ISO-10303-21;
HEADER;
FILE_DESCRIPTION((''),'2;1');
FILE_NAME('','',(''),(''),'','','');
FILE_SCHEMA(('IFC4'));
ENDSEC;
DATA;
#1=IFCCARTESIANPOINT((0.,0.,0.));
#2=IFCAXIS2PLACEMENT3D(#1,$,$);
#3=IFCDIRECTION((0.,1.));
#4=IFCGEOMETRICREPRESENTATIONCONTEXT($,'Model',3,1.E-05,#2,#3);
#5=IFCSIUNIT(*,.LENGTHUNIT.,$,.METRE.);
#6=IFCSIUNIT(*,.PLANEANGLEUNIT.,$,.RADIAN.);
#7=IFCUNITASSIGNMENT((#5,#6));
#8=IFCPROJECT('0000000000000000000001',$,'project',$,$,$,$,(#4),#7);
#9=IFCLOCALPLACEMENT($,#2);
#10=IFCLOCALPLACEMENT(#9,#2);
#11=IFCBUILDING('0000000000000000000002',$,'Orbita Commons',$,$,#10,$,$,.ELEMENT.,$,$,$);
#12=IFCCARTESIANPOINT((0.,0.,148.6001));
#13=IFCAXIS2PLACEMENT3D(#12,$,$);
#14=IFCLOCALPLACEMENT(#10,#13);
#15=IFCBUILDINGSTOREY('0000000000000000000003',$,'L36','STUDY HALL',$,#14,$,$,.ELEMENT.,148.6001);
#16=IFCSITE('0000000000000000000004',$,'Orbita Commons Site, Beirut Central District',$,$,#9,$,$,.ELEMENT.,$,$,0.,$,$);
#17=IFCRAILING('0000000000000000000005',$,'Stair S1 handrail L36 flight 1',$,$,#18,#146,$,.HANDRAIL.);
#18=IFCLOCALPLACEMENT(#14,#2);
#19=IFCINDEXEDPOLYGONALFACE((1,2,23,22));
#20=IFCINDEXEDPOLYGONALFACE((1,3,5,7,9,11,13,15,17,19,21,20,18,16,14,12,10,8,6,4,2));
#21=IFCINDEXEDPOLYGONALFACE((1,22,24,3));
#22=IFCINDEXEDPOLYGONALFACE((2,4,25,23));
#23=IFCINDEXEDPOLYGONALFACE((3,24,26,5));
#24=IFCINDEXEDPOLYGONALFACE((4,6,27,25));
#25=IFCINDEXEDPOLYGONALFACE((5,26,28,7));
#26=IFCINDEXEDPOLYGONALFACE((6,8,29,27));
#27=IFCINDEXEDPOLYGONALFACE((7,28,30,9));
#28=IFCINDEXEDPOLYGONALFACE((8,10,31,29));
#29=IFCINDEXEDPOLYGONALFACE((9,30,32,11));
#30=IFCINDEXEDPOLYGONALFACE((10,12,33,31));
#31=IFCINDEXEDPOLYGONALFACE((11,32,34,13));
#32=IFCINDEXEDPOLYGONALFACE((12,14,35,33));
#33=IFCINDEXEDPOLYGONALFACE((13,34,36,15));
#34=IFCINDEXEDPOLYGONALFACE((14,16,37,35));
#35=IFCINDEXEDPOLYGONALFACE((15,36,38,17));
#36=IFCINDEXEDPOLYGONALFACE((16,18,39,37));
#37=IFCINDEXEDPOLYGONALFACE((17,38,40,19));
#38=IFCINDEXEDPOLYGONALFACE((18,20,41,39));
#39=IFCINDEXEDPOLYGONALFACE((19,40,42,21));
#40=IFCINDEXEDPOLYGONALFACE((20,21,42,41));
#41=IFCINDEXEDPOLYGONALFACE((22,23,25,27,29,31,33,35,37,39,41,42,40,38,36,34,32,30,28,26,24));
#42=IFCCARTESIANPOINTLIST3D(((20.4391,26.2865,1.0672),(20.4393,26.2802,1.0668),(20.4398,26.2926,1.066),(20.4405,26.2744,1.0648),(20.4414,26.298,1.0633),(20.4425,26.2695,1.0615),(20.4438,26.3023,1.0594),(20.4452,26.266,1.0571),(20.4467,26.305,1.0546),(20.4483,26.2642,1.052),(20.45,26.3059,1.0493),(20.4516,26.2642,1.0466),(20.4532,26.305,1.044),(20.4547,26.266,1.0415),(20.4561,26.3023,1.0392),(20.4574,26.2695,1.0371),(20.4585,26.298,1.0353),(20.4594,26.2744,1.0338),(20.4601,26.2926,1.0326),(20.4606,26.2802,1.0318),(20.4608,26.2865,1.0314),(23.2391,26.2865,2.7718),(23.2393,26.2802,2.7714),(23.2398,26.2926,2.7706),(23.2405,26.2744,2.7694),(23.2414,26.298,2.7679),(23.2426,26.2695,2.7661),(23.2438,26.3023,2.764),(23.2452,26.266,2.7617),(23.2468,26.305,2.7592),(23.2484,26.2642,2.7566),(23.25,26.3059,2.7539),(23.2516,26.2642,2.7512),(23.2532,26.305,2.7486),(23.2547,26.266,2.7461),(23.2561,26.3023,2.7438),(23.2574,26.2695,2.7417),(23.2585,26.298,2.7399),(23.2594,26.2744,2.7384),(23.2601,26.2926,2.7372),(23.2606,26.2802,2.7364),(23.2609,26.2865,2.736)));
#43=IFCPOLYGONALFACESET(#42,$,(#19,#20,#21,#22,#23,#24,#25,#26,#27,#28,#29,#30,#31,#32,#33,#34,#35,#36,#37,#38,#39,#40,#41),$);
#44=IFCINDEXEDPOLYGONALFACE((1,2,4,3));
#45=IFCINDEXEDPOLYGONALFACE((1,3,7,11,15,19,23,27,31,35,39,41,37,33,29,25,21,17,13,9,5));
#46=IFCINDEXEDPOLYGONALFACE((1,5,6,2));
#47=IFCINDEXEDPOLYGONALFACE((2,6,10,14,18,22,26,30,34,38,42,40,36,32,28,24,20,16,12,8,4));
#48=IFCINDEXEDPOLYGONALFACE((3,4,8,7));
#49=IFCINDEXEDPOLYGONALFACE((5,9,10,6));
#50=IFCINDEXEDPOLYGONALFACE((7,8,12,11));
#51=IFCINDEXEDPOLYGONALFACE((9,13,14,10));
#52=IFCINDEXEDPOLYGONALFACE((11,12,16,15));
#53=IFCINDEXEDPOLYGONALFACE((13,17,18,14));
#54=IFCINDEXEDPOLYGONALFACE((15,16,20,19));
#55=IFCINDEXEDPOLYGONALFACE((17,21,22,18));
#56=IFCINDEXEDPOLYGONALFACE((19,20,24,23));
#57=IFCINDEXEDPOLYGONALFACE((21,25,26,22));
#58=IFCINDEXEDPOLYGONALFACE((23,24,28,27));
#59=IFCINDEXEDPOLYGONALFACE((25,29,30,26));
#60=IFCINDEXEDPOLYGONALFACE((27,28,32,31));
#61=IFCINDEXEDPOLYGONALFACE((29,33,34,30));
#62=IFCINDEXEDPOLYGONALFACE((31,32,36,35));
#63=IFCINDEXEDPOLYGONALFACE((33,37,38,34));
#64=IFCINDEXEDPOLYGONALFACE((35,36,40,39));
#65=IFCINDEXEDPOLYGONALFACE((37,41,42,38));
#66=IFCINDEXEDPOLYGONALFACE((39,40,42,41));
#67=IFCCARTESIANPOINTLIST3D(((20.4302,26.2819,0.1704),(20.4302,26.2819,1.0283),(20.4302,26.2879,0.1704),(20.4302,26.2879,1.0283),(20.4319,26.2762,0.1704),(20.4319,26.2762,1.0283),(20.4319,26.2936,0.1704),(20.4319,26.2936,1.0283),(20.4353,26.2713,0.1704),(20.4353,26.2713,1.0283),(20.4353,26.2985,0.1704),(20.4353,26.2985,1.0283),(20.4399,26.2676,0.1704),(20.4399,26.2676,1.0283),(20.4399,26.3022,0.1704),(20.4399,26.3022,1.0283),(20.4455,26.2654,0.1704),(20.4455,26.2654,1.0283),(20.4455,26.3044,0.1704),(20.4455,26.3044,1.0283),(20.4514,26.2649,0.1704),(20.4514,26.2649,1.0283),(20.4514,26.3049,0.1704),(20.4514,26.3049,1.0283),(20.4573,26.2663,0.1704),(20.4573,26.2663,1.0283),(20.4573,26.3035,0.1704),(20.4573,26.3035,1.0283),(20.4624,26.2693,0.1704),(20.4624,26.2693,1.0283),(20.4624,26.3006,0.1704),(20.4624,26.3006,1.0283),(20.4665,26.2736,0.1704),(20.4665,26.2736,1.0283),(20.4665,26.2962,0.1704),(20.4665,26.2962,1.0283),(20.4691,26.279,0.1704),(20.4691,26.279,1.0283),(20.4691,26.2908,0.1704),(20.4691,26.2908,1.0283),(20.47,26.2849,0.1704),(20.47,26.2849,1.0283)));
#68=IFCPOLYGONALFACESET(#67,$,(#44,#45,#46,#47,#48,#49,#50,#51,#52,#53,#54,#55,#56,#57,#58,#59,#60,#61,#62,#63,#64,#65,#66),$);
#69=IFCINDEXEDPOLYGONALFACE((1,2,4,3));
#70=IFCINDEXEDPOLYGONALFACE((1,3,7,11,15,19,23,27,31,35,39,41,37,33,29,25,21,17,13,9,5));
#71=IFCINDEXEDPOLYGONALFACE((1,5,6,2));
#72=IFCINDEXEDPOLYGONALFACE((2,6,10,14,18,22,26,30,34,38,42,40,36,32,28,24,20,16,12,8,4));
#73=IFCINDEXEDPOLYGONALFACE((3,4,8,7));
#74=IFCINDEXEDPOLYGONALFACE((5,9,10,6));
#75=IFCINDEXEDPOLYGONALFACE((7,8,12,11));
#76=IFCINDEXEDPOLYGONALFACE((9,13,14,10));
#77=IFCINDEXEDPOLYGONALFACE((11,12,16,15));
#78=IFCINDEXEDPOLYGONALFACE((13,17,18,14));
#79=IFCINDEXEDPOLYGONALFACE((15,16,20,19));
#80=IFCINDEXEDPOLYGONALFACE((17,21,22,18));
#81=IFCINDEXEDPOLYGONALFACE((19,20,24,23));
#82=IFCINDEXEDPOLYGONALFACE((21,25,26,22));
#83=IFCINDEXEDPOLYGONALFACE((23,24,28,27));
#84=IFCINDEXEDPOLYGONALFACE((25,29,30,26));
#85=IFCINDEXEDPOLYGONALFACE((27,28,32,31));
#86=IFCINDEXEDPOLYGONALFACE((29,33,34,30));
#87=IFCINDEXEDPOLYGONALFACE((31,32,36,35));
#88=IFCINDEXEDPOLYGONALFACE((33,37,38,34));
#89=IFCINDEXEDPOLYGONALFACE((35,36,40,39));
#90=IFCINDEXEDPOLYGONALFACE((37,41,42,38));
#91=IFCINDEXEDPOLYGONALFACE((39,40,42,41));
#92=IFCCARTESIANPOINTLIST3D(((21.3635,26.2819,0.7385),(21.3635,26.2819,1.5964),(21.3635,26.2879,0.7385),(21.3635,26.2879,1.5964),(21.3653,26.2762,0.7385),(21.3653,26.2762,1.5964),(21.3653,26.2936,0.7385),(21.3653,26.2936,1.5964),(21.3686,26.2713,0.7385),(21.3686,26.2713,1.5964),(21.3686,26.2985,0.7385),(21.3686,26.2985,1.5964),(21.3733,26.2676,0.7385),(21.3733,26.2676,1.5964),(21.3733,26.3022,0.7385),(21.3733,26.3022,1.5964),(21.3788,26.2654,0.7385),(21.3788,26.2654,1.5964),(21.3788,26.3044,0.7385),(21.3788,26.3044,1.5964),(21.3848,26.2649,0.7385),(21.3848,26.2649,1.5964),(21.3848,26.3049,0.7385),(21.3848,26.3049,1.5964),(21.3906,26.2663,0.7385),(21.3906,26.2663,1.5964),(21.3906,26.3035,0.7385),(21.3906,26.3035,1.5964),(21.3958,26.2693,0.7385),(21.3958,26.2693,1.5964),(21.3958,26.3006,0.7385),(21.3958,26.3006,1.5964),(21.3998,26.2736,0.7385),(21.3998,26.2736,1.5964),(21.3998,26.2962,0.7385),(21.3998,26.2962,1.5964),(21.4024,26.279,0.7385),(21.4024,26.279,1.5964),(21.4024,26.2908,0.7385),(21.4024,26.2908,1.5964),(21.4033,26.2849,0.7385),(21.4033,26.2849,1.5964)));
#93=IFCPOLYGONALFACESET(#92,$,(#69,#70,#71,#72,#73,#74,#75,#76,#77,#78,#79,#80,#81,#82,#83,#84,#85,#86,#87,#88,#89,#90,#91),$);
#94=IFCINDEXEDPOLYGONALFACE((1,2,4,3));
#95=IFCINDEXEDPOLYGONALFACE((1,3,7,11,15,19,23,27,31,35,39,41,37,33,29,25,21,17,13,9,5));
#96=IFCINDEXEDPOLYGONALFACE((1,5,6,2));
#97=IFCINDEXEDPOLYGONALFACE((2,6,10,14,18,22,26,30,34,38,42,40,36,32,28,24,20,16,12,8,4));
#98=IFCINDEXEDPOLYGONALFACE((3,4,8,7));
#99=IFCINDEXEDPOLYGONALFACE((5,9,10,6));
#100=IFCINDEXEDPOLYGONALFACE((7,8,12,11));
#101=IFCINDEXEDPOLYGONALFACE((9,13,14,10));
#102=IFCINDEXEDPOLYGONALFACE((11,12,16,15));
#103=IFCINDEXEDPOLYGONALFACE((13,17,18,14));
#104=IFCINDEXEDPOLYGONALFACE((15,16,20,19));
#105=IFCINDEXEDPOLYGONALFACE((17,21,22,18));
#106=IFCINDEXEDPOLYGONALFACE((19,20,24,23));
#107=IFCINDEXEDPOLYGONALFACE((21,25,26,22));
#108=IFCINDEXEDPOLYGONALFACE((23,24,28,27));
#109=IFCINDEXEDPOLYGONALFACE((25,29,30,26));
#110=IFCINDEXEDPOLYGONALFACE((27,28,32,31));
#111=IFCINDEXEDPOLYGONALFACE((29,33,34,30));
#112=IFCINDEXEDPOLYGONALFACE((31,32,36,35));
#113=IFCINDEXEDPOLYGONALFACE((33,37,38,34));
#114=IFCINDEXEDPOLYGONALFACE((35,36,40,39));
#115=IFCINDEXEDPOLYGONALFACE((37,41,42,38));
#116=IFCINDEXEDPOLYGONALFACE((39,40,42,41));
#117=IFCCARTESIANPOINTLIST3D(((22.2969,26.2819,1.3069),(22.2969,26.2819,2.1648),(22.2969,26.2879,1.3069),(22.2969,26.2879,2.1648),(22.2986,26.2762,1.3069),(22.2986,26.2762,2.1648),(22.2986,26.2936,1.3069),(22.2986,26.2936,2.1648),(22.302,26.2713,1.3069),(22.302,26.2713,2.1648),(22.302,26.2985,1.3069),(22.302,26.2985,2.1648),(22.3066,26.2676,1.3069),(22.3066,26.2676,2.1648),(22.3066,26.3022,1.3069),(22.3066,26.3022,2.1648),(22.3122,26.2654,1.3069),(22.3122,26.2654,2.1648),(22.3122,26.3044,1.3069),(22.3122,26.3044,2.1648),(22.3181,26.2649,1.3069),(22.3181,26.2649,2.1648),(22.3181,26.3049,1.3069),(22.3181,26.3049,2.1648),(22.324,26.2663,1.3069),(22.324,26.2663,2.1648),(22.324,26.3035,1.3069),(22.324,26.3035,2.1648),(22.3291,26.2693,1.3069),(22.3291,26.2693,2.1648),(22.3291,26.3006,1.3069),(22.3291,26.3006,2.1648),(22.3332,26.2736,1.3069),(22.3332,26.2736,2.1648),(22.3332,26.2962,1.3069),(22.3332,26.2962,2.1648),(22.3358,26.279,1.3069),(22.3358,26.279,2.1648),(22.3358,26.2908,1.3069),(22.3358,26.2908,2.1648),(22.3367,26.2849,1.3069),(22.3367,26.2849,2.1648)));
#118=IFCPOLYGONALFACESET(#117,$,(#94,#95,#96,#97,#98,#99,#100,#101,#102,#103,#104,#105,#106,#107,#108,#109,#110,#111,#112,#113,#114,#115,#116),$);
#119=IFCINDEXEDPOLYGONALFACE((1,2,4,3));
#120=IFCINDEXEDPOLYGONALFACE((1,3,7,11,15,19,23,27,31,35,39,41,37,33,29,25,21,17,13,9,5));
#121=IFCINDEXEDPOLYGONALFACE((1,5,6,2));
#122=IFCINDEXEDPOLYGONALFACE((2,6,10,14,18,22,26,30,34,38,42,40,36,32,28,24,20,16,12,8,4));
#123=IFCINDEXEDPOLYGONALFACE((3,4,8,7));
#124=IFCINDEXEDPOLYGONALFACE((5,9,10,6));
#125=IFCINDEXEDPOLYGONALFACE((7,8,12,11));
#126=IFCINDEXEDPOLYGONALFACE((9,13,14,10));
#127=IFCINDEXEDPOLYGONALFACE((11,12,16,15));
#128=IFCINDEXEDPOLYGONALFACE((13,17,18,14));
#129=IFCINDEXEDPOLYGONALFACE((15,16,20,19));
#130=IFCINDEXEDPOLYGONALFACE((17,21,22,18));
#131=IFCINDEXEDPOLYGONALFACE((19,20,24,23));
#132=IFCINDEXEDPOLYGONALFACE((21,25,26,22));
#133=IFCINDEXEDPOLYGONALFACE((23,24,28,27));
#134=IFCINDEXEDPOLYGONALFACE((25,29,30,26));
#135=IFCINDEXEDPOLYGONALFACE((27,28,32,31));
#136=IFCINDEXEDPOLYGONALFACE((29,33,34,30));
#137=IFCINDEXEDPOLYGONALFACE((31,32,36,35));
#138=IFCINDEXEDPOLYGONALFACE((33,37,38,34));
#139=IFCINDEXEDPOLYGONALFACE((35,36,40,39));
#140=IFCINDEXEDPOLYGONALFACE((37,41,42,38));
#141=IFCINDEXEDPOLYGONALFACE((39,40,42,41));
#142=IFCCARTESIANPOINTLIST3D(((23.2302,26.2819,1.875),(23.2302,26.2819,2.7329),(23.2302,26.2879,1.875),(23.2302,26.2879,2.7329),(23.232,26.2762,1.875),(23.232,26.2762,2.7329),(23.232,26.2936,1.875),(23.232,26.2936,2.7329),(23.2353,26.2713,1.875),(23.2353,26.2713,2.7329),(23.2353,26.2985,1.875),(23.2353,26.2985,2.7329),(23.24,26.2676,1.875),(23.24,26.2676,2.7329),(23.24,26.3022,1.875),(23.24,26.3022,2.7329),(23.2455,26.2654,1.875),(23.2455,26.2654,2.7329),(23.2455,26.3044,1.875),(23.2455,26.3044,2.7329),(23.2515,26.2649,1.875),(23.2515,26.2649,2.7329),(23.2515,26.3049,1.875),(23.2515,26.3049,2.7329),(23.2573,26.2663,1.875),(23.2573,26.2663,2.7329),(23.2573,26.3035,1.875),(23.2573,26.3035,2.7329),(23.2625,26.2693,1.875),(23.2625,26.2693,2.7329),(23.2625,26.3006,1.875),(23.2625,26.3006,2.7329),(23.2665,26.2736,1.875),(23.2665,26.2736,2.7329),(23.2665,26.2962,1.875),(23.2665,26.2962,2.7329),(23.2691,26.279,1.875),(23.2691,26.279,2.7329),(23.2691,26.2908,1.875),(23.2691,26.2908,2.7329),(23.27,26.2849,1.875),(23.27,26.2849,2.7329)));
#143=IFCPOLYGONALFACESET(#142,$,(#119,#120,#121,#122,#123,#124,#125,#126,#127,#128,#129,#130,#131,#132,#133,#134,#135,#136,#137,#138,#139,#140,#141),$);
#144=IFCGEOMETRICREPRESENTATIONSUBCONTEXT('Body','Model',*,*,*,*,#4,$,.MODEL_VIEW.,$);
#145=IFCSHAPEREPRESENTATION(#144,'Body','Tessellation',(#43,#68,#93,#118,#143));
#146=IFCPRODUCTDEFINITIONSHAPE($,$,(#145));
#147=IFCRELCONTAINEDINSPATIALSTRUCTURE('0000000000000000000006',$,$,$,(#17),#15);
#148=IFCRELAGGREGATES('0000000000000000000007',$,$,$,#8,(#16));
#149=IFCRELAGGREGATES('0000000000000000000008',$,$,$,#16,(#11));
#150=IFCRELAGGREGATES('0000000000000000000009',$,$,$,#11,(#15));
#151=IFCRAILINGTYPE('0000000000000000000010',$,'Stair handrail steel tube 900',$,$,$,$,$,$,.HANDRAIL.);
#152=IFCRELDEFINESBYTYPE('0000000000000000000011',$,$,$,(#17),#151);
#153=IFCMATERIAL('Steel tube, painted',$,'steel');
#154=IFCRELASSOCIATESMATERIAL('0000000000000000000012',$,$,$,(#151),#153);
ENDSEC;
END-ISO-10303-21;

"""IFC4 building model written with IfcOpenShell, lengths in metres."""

from ifc_helpers import new_model, si_unit, direction, frame, origin, origin_2d, place, context, subcontext, project, spatial, circle, extrude, material, type_object, element, save


model = new_model("IFC4")

# Units and contexts
model_context = context("Model", 3, precision=1e-05, world=origin(), true_north=direction((0.0, 1.0)))
body_context = subcontext(model_context, "Body", "Model", "MODEL_VIEW")
ifc_project = project(units=[si_unit("LENGTHUNIT", "METRE"), si_unit("PLANEANGLEUNIT", "RADIAN")], contexts=[model_context])

# Site, building, storey
site_placement = place(None, origin())
site = spatial("IfcSite", under=ifc_project, at=site_placement, Name="Orbita Commons Site, Beirut Central District", CompositionType="ELEMENT", RefElevation=0.0)
building_placement = place(site_placement, origin())
building = spatial("IfcBuilding", under=site, at=building_placement, Name="Orbita Commons", CompositionType="ELEMENT")
storey_placement = place(building_placement, frame((0.0, 0.0, 148.6001)))
storey = spatial("IfcBuildingStorey", under=building, at=storey_placement, Name="L36", Description="STUDY HALL", CompositionType="ELEMENT", Elevation=148.6001)

# Railing
ifc_material_1 = material(Name="Steel tube, painted", Category="steel")
railing_type = type_object("IfcRailingType", Name="Stair handrail steel tube 900", PredefinedType="HANDRAIL", material=ifc_material_1)
for number, where, name in (
    (1, (20.45, 26.2849, 0.1704), "Stair S1 handrail L36 flight 1"),
):
    element("IfcRailing", number, at=place(storey_placement, frame(where)), inside=storey, type_object=railing_type, Name=name, PredefinedType="HANDRAIL", context=body_context, shape_type="SweptSolid", body=[
        extrude(circle(Radius=0.021, at=origin_2d()), frame((0.0, 0.0, 0.8789), z_axis=(0.85417, 0.0, 0.519994), x_axis=(0.0, 1.0, 0.0)), (0.0, 0.0, 1.0), 3.2781),
        extrude(circle(Radius=0.02, at=origin_2d()), origin(), (0.0, 0.0, 1.0), 0.8579),
        extrude(circle(Radius=0.02, at=origin_2d()), frame((0.9333, 0.0, 0.5681)), (0.0, 0.0, 1.0), 0.8579),
        extrude(circle(Radius=0.02, at=origin_2d()), frame((1.8667, 0.0, 1.1365)), (0.0, 0.0, 1.0), 0.8579),
        extrude(circle(Radius=0.02, at=origin_2d()), frame((2.8, 0.0, 1.7046)), (0.0, 0.0, 1.0), 0.8579),
    ])

save(model, "model.ifc")
